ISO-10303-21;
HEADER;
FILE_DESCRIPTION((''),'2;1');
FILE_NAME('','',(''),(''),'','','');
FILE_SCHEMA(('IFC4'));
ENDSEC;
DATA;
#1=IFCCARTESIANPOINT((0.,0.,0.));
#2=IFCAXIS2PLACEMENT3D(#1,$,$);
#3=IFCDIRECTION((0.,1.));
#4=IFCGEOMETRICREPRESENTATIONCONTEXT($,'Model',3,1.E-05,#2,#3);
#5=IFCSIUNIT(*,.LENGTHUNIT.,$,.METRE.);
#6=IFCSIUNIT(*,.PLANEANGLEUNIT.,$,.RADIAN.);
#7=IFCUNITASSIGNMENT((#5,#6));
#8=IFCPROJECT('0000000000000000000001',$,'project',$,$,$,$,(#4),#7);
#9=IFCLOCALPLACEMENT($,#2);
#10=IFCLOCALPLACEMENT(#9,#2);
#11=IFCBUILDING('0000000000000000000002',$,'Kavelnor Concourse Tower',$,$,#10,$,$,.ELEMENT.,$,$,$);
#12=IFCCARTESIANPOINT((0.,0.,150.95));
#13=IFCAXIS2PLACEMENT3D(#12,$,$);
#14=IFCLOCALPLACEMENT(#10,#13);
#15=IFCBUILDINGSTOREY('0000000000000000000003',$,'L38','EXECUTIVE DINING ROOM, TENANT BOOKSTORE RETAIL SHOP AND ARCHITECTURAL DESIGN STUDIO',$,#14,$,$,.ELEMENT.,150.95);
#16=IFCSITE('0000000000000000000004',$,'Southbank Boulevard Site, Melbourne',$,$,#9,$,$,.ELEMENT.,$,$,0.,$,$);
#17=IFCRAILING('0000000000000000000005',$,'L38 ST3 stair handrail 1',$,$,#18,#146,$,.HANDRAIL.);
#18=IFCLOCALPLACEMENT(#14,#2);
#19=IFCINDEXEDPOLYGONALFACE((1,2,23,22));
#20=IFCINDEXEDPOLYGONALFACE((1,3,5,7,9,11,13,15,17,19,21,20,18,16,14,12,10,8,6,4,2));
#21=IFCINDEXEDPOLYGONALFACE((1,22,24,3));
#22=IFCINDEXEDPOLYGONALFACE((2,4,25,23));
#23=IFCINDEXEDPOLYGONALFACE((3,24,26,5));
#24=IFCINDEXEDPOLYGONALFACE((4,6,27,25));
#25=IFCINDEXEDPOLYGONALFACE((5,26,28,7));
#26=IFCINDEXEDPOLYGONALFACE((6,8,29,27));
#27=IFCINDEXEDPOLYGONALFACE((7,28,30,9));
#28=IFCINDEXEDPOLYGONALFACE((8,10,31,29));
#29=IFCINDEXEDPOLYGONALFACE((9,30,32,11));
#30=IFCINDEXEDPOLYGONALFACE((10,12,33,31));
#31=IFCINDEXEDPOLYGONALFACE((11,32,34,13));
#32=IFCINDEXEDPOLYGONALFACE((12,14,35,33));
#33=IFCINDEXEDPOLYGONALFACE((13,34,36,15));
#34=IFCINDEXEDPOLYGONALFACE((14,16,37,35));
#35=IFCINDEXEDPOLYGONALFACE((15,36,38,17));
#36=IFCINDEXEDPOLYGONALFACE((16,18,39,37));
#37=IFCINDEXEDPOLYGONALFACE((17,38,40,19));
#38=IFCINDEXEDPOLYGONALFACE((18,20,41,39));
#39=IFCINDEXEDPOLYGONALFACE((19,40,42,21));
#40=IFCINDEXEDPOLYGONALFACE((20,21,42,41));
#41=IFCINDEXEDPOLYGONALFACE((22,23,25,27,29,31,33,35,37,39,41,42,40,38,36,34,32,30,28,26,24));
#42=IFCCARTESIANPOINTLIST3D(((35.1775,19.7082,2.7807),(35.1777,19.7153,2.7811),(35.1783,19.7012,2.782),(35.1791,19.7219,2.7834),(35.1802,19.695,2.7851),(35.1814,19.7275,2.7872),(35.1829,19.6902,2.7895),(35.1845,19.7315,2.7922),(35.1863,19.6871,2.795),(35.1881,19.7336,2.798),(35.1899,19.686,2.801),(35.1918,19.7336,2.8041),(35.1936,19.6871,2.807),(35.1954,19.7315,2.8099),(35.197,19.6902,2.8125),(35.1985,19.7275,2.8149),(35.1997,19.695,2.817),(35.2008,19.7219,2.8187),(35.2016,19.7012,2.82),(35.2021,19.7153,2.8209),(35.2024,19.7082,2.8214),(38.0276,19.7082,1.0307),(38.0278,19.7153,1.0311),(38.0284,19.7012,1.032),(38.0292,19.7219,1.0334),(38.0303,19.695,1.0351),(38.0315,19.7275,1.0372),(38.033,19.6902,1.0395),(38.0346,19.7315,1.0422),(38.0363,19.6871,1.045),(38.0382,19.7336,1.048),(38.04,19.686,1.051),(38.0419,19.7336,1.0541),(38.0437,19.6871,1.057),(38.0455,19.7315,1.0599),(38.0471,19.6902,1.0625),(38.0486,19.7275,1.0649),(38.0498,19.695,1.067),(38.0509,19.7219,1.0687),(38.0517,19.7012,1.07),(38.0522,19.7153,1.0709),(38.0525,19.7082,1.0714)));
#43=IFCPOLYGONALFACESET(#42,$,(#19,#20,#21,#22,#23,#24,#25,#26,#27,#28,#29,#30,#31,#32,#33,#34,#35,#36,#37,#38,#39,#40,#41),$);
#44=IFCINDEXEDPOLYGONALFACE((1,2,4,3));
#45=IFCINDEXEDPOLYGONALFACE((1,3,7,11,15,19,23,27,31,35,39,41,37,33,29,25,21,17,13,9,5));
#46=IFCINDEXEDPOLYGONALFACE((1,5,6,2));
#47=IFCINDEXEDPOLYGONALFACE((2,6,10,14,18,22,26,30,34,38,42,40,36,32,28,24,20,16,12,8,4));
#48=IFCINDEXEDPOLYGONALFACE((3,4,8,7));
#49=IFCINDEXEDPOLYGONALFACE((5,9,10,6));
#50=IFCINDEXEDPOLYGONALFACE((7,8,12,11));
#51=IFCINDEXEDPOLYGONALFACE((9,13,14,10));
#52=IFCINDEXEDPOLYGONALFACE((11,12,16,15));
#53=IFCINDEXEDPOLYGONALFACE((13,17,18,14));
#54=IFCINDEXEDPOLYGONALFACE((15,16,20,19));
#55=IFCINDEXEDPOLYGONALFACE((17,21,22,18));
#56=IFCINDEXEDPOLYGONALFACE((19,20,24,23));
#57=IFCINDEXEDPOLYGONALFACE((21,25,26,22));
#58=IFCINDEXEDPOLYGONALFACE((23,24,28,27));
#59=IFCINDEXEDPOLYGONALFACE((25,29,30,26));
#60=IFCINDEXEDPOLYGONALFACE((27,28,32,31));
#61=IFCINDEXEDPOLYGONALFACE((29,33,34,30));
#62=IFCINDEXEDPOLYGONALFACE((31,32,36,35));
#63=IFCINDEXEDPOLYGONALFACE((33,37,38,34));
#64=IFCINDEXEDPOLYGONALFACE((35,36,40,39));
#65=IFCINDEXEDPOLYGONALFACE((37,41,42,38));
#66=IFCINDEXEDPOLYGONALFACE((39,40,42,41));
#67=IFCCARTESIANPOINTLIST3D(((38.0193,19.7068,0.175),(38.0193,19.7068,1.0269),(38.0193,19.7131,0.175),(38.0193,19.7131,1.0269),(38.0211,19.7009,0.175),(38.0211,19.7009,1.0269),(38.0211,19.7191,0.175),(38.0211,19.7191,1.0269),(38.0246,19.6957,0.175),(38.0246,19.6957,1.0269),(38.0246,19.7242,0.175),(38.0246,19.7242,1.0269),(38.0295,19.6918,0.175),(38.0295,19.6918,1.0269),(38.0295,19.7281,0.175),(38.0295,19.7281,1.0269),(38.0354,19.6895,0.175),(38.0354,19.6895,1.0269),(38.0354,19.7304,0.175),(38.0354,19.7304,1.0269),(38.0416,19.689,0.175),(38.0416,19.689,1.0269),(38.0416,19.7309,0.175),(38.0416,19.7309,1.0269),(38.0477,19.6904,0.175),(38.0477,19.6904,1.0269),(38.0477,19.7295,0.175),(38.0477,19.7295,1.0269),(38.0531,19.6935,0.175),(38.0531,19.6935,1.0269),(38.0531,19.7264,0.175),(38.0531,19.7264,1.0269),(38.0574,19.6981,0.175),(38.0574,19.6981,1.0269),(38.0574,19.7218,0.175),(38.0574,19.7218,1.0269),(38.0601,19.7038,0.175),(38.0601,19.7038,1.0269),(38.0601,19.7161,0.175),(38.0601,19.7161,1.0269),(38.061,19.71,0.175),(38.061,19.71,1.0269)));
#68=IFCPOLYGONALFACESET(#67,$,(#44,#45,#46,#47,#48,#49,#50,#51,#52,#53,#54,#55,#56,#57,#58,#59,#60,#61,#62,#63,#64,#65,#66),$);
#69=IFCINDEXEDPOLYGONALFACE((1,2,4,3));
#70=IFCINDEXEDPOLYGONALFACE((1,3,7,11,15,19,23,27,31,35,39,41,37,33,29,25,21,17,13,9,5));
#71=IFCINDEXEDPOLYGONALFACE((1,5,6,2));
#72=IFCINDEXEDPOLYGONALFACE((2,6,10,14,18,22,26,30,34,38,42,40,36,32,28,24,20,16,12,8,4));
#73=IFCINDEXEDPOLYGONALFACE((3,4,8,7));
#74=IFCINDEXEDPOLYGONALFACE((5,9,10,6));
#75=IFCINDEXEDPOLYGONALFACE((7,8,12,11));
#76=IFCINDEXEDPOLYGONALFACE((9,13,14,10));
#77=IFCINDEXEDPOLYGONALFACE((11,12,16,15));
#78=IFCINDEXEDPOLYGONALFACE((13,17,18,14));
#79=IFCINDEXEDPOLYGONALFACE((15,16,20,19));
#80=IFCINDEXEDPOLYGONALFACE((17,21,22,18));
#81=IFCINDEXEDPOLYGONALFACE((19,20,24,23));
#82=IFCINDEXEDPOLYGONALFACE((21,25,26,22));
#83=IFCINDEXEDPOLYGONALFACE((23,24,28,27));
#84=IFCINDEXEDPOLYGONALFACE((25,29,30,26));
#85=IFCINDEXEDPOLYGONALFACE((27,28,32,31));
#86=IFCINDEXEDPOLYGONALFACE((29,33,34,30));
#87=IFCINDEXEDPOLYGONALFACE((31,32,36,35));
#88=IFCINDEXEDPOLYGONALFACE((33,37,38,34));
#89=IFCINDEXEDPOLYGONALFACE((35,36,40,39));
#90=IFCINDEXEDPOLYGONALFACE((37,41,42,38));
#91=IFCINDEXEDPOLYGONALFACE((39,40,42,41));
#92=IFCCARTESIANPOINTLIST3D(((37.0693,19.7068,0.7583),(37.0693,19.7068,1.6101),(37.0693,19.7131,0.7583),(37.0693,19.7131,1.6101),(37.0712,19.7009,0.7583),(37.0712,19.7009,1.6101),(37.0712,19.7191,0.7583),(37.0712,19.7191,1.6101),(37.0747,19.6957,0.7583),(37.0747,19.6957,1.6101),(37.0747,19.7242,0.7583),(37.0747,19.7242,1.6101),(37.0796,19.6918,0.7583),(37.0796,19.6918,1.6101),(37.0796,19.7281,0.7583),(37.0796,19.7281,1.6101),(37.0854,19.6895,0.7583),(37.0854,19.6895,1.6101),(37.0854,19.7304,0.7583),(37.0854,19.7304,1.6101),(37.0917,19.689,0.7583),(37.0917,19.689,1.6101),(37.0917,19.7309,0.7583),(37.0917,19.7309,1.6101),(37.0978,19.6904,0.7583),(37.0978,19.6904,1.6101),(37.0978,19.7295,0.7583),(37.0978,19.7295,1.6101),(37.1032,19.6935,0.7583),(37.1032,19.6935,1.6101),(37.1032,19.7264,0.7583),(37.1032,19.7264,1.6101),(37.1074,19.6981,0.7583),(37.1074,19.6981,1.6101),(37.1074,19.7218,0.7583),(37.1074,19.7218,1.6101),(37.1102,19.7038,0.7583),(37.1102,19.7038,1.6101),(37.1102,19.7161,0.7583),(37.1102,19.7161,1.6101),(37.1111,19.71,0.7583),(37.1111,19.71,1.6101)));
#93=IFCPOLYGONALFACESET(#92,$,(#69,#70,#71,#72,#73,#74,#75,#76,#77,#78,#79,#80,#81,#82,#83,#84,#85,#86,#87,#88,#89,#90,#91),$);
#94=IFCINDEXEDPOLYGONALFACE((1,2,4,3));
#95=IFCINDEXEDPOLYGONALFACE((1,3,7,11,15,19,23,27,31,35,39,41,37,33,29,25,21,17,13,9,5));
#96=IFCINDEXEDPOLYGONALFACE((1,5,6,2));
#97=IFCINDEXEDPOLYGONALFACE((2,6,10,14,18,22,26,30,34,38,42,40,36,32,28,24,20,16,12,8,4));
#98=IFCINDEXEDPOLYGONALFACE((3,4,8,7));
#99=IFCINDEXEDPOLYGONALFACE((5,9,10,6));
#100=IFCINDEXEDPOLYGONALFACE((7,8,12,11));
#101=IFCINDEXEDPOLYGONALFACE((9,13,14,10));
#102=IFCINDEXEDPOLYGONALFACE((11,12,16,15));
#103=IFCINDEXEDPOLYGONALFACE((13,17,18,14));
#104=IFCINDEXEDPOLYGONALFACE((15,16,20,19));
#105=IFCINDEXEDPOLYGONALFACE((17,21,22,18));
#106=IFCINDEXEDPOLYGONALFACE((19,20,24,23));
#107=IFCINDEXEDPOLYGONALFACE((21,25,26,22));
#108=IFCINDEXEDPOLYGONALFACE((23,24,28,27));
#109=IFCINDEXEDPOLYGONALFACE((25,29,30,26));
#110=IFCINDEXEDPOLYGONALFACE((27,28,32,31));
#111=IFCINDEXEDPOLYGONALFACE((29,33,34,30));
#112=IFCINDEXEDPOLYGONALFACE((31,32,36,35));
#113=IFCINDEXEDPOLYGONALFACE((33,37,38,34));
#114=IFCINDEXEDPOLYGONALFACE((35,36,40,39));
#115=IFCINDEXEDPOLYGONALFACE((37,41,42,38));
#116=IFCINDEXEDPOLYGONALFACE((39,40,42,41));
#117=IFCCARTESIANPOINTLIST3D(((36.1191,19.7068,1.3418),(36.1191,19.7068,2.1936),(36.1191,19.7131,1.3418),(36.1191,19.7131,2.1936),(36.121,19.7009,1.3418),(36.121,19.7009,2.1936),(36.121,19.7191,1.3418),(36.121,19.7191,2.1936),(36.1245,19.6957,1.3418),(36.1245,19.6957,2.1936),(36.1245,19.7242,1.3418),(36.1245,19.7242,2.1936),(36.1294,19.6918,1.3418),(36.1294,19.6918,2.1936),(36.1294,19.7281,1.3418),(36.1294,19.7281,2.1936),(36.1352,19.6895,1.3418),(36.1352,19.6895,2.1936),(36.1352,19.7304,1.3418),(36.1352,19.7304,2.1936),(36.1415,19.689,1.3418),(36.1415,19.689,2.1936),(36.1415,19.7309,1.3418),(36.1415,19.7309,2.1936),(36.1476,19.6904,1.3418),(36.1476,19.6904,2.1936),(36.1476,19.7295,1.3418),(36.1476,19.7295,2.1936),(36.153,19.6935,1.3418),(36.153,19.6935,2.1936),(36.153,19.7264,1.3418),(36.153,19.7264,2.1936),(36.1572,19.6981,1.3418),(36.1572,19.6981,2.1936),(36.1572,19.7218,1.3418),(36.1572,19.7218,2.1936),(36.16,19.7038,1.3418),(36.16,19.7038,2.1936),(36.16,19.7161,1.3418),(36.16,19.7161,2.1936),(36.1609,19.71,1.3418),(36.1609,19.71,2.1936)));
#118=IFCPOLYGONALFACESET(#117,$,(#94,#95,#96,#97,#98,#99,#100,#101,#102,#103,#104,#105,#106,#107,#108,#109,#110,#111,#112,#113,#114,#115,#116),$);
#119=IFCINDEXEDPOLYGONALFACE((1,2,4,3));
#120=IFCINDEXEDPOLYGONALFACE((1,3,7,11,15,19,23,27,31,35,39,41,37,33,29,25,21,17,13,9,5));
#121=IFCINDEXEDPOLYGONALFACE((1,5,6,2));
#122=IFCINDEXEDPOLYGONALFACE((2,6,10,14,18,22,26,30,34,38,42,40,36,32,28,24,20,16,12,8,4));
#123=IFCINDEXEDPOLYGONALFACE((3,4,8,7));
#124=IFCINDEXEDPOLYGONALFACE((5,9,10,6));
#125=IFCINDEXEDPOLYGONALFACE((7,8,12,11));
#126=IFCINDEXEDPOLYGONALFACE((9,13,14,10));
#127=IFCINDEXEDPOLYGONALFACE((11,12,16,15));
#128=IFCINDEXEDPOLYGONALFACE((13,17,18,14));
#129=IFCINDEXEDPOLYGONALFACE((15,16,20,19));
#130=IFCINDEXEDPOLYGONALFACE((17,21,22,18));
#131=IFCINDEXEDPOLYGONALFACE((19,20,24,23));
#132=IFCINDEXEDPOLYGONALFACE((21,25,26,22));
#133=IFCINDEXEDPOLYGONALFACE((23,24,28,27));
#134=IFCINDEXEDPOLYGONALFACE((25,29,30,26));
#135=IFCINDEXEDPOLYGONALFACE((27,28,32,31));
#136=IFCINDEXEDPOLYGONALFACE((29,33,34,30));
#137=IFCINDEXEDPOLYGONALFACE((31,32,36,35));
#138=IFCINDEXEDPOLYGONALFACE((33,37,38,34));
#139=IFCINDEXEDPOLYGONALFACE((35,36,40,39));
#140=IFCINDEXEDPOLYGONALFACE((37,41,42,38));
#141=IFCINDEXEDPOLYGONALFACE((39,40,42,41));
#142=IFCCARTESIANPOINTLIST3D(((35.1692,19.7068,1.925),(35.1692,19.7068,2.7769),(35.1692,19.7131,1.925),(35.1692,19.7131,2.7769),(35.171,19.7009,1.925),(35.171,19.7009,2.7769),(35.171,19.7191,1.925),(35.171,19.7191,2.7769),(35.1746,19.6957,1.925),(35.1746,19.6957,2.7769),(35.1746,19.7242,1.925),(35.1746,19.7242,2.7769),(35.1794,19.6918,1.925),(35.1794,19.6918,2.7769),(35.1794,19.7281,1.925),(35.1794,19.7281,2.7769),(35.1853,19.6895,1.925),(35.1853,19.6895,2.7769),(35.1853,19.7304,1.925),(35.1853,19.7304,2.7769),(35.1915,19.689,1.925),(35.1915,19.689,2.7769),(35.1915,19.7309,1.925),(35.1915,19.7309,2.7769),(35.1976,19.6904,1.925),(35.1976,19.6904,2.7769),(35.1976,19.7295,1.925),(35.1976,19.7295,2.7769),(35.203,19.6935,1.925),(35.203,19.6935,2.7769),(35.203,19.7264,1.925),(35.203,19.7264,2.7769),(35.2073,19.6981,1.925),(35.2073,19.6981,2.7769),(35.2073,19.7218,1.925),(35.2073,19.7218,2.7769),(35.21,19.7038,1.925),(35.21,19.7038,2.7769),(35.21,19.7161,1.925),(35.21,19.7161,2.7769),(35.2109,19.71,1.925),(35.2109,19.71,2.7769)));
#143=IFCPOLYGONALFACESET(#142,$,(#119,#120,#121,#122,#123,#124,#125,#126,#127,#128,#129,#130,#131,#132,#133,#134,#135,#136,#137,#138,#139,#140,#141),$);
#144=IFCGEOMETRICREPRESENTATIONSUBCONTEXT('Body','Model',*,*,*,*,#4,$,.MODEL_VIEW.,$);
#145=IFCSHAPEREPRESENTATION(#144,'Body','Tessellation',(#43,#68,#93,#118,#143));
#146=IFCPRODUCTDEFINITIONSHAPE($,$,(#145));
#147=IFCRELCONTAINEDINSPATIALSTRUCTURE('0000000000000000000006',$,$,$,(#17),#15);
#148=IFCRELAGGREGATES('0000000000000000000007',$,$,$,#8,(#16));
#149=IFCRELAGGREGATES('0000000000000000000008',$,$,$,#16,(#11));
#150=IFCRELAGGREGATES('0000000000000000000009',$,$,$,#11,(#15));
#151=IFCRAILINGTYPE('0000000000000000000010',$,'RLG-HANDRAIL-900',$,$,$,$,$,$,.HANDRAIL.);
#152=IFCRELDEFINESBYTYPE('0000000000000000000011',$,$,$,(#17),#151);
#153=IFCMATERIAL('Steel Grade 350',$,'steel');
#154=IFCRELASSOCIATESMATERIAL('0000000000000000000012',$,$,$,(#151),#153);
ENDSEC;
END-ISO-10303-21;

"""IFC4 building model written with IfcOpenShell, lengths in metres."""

from ifc_helpers import new_model, si_unit, direction, frame, origin, origin_2d, place, context, subcontext, project, spatial, circle, extrude, material, type_object, element, save


model = new_model("IFC4")

# Units and contexts
model_context = context("Model", 3, precision=1e-05, world=origin(), true_north=direction((0.0, 1.0)))
body_context = subcontext(model_context, "Body", "Model", "MODEL_VIEW")
ifc_project = project(units=[si_unit("LENGTHUNIT", "METRE"), si_unit("PLANEANGLEUNIT", "RADIAN")], contexts=[model_context])

# Site, building, storey
site_placement = place(None, origin())
site = spatial("IfcSite", under=ifc_project, at=site_placement, Name="Southbank Boulevard Site, Melbourne", CompositionType="ELEMENT", RefElevation=0.0)
building_placement = place(site_placement, origin())
building = spatial("IfcBuilding", under=site, at=building_placement, Name="Kavelnor Concourse Tower", CompositionType="ELEMENT")
storey_placement = place(building_placement, frame((0.0, 0.0, 150.95)))
storey = spatial("IfcBuildingStorey", under=building, at=storey_placement, Name="L38", Description="EXECUTIVE DINING ROOM, TENANT BOOKSTORE RETAIL SHOP AND ARCHITECTURAL DESIGN STUDIO", CompositionType="ELEMENT", Elevation=150.95)

# Shared definitions
ifc_material_1 = material(Name="Steel Grade 350", Category="steel")

# Railing
railing_type_1 = type_object("IfcRailingType", Name="RLG-HANDRAIL-900", PredefinedType="HANDRAIL", material=ifc_material_1)
railing_1_placement = place(storey_placement, frame((38.04, 19.71, 0.175)))
element("IfcRailing", 1, at=railing_1_placement, inside=storey, type_object=railing_type_1, Name="L38 ST3 stair handrail 1", PredefinedType="HANDRAIL", context=body_context, shape_type="SweptSolid", body=[
    extrude(circle(Radius=0.0239, at=origin_2d()), frame((0.0, 0.0, 0.876), z_axis=(-0.852179, 0.0, 0.52325), x_axis=(0.0, -1.0, 0.0)), (0.0, 0.0, 1.0), 3.3445),
    extrude(circle(Radius=0.021, at=origin_2d()), origin(), (0.0, 0.0, 1.0), 0.8518),
    extrude(circle(Radius=0.021, at=origin_2d()), frame((-0.95, 0.0, 0.5833)), (0.0, 0.0, 1.0), 0.8518),
    extrude(circle(Radius=0.021, at=origin_2d()), frame((-1.9001, 0.0, 1.1667)), (0.0, 0.0, 1.0), 0.8518),
    extrude(circle(Radius=0.021, at=origin_2d()), frame((-2.8501, 0.0, 1.75)), (0.0, 0.0, 1.0), 0.8518),
])

save(model, "model.ifc")
